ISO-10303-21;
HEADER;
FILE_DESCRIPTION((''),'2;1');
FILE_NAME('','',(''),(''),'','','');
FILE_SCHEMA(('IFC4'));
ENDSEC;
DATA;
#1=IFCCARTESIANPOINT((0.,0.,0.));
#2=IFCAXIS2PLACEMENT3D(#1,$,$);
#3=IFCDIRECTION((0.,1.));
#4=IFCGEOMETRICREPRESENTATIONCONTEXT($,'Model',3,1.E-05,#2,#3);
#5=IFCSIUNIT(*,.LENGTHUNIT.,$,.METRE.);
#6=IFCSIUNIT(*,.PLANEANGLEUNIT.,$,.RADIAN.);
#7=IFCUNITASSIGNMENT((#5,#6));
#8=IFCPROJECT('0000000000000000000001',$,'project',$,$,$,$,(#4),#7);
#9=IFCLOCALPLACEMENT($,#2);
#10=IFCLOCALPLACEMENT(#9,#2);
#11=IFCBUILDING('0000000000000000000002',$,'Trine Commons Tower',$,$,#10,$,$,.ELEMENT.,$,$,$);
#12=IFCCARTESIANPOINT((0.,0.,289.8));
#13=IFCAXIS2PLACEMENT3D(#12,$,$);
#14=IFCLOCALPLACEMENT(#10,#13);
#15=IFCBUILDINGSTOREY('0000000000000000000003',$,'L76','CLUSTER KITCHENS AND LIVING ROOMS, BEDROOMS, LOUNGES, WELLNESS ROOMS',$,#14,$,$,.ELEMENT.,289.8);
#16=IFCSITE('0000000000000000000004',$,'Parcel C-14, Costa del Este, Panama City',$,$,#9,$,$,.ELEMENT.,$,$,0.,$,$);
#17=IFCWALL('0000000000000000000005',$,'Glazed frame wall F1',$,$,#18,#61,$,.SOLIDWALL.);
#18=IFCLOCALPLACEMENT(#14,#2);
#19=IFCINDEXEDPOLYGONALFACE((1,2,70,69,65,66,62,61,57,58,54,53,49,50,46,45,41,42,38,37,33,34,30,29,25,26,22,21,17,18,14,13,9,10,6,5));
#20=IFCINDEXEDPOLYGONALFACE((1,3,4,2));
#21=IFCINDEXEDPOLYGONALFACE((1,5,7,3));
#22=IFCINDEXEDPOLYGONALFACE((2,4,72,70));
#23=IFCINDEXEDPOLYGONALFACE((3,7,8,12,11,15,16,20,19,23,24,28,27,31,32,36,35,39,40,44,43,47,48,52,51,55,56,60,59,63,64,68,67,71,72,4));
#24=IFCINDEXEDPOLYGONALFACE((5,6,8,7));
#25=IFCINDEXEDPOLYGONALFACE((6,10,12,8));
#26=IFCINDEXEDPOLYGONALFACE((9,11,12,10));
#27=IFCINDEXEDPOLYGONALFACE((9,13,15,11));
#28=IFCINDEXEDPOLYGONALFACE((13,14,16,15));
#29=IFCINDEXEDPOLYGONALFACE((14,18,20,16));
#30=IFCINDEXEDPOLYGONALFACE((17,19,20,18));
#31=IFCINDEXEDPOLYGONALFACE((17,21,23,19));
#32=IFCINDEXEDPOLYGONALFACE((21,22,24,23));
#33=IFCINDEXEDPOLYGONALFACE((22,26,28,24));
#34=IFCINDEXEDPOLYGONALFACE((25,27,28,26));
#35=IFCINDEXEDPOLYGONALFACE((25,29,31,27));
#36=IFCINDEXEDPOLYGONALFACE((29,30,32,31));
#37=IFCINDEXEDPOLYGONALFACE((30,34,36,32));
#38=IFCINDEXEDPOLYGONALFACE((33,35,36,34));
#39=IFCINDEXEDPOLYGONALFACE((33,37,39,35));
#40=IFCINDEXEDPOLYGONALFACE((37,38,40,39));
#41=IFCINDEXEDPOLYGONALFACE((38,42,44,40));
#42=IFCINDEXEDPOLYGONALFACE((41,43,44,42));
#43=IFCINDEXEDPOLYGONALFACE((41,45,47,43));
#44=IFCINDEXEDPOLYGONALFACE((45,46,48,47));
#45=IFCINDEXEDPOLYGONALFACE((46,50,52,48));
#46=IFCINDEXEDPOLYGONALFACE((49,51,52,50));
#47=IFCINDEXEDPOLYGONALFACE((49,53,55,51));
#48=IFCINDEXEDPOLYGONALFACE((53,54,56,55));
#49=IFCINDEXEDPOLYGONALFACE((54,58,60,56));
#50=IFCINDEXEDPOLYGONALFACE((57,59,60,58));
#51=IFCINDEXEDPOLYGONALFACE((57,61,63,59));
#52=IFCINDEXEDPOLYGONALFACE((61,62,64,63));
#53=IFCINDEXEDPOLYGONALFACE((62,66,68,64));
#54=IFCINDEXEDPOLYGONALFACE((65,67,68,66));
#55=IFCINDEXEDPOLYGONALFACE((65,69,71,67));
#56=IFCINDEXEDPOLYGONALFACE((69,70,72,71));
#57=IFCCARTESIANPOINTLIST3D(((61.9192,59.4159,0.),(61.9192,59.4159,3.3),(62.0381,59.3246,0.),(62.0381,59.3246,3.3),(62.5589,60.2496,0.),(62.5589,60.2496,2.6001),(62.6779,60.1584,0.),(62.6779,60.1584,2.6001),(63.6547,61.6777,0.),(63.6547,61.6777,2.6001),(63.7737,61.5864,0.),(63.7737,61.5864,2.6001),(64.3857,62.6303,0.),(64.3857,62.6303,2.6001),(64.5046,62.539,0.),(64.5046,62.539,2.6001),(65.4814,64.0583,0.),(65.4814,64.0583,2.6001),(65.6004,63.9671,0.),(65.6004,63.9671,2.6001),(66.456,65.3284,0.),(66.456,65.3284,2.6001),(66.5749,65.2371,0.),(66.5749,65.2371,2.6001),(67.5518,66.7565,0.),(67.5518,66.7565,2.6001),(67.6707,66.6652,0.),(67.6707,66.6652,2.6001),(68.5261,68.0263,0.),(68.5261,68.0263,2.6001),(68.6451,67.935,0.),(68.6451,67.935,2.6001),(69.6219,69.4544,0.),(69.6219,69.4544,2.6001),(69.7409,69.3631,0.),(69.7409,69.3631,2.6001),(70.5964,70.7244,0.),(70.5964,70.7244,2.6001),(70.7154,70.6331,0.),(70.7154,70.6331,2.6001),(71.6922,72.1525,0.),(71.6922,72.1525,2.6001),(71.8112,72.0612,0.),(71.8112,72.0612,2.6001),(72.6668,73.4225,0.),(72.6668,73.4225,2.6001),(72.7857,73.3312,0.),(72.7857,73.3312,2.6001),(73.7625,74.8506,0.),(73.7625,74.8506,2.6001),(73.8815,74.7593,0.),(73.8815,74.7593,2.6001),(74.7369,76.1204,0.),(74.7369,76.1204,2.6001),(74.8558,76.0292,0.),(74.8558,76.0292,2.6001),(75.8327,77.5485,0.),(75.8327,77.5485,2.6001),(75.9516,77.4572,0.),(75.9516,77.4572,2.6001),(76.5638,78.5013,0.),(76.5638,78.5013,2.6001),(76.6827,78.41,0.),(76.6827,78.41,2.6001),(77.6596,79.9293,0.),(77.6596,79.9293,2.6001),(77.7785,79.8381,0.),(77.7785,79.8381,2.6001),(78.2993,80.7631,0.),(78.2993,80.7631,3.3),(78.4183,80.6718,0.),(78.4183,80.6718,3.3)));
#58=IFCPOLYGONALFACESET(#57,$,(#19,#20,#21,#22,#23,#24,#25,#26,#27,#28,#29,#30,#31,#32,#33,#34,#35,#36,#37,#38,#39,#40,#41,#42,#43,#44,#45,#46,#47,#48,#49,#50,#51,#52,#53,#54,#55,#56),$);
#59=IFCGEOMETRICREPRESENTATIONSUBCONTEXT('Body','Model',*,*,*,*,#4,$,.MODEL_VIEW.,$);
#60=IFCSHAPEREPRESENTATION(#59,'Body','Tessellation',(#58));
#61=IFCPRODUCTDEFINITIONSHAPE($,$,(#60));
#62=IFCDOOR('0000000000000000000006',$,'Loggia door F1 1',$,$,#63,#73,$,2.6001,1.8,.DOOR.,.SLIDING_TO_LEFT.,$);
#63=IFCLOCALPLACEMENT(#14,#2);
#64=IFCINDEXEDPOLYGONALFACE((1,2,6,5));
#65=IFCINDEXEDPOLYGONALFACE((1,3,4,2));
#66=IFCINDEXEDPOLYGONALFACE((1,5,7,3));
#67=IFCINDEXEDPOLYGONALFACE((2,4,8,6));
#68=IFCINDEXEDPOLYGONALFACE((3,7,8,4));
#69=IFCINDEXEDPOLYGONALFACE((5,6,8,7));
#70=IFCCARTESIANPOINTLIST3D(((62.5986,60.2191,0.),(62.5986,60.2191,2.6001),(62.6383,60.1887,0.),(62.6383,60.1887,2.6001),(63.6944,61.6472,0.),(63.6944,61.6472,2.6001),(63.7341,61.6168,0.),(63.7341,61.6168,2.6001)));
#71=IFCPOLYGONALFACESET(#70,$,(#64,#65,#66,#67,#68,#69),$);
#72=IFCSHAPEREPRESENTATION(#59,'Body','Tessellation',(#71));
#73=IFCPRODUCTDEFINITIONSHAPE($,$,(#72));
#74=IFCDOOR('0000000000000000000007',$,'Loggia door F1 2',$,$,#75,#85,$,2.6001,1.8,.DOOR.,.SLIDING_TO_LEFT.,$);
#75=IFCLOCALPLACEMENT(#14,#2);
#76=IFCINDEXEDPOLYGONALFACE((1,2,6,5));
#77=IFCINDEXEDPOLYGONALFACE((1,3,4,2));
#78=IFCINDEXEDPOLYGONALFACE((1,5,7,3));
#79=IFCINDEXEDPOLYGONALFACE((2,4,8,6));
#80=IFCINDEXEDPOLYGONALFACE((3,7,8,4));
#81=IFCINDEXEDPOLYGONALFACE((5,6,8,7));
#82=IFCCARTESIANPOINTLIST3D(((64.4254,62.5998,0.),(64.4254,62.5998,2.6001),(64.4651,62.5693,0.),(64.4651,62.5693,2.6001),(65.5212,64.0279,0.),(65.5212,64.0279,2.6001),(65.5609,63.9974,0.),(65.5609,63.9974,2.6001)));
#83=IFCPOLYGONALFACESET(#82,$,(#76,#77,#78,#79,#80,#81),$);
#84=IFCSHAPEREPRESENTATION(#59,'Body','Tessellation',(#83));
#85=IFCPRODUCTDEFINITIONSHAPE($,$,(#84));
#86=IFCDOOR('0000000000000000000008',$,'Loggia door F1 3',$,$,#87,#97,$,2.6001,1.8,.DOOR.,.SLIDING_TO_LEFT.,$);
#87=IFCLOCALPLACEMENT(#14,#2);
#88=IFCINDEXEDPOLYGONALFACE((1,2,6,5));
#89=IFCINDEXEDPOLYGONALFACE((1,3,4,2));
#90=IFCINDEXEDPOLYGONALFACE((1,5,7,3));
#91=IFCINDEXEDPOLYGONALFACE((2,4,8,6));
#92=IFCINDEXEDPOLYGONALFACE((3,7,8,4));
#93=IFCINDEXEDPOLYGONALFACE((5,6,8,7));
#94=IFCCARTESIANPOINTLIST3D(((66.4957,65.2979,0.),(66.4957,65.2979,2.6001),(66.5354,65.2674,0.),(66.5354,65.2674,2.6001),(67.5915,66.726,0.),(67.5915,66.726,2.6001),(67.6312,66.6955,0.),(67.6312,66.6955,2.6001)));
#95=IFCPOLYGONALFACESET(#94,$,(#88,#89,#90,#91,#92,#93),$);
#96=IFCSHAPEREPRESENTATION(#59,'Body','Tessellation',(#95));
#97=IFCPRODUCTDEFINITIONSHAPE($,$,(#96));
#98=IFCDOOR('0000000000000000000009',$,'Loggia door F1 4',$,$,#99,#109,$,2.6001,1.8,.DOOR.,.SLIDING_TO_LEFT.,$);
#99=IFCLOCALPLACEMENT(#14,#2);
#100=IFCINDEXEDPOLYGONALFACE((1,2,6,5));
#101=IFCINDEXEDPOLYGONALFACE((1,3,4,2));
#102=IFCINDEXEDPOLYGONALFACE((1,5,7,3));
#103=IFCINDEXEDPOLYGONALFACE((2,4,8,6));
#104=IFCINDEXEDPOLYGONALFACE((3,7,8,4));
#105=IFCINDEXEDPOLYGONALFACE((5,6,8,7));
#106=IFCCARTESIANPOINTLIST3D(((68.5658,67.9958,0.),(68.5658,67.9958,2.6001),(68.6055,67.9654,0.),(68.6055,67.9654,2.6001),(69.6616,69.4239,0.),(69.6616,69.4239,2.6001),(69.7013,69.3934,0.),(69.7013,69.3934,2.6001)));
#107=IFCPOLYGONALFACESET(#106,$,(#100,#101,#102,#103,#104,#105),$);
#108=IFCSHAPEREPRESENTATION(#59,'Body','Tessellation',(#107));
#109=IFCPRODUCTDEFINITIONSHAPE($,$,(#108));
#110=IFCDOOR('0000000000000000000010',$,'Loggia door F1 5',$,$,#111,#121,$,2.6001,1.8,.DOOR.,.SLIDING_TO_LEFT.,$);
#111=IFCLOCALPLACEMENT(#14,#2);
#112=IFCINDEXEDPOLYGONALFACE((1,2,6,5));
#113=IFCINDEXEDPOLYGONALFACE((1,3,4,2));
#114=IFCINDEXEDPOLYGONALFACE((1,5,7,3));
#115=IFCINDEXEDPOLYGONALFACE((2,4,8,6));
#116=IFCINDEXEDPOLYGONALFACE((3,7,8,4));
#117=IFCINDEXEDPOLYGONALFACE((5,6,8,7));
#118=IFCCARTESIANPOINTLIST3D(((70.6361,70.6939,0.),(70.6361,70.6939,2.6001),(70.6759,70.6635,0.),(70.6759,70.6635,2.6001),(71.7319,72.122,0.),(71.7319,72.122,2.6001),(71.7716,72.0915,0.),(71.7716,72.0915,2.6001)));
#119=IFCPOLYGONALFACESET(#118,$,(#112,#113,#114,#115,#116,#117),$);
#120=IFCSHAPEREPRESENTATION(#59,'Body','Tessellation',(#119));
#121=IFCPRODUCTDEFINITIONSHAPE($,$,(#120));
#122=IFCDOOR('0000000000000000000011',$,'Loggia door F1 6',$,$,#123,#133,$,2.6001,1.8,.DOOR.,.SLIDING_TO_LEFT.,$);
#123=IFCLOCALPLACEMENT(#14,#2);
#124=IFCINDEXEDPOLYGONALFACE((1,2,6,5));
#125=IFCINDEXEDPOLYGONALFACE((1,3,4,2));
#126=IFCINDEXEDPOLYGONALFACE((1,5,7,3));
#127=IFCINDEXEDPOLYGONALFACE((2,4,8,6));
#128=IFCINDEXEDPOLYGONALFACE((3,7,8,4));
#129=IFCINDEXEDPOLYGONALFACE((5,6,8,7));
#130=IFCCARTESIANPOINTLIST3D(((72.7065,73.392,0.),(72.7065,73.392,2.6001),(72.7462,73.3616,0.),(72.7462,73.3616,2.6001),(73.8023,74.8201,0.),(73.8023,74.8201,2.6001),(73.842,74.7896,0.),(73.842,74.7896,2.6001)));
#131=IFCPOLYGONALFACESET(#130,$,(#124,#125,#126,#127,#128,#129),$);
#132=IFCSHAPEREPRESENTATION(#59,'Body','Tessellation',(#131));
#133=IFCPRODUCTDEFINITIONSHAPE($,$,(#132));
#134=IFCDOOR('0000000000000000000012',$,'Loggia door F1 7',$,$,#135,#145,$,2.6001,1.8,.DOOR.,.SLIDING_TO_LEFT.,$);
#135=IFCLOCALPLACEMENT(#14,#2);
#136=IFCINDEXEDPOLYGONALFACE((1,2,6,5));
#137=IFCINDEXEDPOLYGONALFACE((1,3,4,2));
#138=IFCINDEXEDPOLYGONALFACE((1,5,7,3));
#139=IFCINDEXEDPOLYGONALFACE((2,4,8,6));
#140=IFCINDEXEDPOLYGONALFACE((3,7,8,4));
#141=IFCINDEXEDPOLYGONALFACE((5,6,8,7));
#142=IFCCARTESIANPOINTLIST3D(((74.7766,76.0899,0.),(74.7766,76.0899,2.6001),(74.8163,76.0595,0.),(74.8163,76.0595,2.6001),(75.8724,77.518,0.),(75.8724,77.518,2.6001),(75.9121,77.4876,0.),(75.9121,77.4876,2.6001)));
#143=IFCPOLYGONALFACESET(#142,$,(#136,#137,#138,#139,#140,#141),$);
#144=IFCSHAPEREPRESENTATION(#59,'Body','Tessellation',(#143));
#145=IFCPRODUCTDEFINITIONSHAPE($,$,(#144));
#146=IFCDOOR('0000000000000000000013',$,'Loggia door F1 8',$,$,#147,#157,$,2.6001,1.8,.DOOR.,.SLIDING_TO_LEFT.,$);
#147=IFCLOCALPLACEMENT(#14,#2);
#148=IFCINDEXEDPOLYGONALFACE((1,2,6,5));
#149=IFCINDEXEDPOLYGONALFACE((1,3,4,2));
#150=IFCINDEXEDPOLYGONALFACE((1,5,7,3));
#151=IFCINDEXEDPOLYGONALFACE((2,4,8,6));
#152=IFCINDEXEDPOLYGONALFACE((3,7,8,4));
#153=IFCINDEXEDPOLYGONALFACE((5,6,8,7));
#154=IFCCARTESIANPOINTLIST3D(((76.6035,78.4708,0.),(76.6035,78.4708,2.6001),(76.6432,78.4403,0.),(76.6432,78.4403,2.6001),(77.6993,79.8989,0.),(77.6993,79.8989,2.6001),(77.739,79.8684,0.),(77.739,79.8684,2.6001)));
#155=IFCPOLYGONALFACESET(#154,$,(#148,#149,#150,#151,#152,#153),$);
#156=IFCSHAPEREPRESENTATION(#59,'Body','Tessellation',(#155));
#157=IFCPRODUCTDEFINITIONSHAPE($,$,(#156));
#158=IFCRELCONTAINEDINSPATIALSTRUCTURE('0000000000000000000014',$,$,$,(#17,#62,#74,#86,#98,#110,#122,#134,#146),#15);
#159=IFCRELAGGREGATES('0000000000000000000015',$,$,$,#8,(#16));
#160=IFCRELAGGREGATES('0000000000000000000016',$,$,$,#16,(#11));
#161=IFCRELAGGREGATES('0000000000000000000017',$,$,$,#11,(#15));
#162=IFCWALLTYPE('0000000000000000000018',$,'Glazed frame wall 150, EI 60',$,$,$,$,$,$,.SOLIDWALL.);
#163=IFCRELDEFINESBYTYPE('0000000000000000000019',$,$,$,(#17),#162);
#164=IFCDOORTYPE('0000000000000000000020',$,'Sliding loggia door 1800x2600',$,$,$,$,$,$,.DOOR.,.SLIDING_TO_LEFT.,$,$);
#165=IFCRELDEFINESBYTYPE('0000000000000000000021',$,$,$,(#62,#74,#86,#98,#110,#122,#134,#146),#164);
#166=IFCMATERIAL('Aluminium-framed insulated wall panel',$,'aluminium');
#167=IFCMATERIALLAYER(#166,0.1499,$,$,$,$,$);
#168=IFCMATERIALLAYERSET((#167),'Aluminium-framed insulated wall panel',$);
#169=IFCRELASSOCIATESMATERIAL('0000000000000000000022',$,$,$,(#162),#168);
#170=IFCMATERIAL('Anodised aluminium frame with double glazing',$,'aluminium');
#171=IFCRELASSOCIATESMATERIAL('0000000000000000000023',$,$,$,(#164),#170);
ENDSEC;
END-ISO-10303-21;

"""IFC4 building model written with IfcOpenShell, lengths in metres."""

from ifc_helpers import new_model, si_unit, direction, frame, frame_2d, origin, place, context, subcontext, project, spatial, polyline, rectangle, outline, extrude, material, layer, layer_set, type_object, element, fill, save


model = new_model("IFC4")

# Units and contexts
model_context = context("Model", 3, precision=1e-05, world=origin(), true_north=direction((0.0, 1.0)))
body_context = subcontext(model_context, "Body", "Model", "MODEL_VIEW")
ifc_project = project(units=[si_unit("LENGTHUNIT", "METRE"), si_unit("PLANEANGLEUNIT", "RADIAN")], contexts=[model_context])

# Site, building, storey
site_placement = place(None, origin())
site = spatial("IfcSite", under=ifc_project, at=site_placement, Name="Parcel C-14, Costa del Este, Panama City", CompositionType="ELEMENT", RefElevation=0.0)
building_placement = place(site_placement, origin())
building = spatial("IfcBuilding", under=site, at=building_placement, Name="Trine Commons Tower", CompositionType="ELEMENT")
storey_placement = place(building_placement, frame((0.0, 0.0, 289.8)))
storey = spatial("IfcBuildingStorey", under=building, at=storey_placement, Name="L76", Description="CLUSTER KITCHENS AND LIVING ROOMS, BEDROOMS, LOUNGES, WELLNESS ROOMS", CompositionType="ELEMENT", Elevation=289.8)

# Wall, openings, doors
ifc_material_1 = material(Name="Aluminium-framed insulated wall panel", Category="aluminium")
ifc_layer_1 = layer(ifc_material_1, 0.1499)
ifc_layer_set_1 = layer_set([ifc_layer_1], Name="Aluminium-framed insulated wall panel")
wall_type_1 = type_object("IfcWallType", Name="Glazed frame wall 150, EI 60", PredefinedType="SOLIDWALL", material=ifc_layer_set_1)
wall_1_placement = place(storey_placement, frame((61.8877, 59.2517, 0.0), z_axis=(0.0, 0.0, 1.0), x_axis=(0.608758, 0.793356, 0.0)))
wall_1 = element("IfcWall", 1, at=wall_1_placement, inside=storey, type_object=wall_type_1, Name="Glazed frame wall F1", PredefinedType="SOLIDWALL", context=body_context, shape_type="SweptSolid", body=[
    extrude(outline(polyline([(0.1494, 0.075), (0.1494, -0.075), (27.0569, -0.075), (27.0569, 0.075), (0.1494, 0.075)])), origin(), (0.0, 0.0, 1.0), 3.3),
])
opening_1_placement = place(wall_1_placement, frame((1.2004, 0.0, 0.0)))
opening_1 = element("IfcOpeningElement", 2, at=opening_1_placement, cuts=wall_1, PredefinedType="OPENING", context=body_context, shape_type="SweptSolid", body=[
    extrude(rectangle(XDim=1.8, YDim=2.6001, at=frame_2d((0.8999, 1.3))), frame((0.0, 0.085, 0.0), z_axis=(0.0, -1.0, 0.0), x_axis=(1.0, 0.0, 0.0)), (0.0, 0.0, 1.0), 0.1699),
])
opening_2_placement = place(wall_1_placement, frame((4.2012, 0.0, 0.0)))
opening_2 = element("IfcOpeningElement", 3, at=opening_2_placement, cuts=wall_1, PredefinedType="OPENING", context=body_context, shape_type="SweptSolid", body=[
    extrude(rectangle(XDim=1.8, YDim=2.6001, at=frame_2d((0.8999, 1.3))), frame((0.0, 0.085, 0.0), z_axis=(0.0, -1.0, 0.0), x_axis=(1.0, 0.0, 0.0)), (0.0, 0.0, 1.0), 0.1699),
])
opening_3_placement = place(wall_1_placement, frame((7.6021, 0.0, 0.0)))
opening_3 = element("IfcOpeningElement", 4, at=opening_3_placement, cuts=wall_1, PredefinedType="OPENING", context=body_context, shape_type="SweptSolid", body=[
    extrude(rectangle(XDim=1.8, YDim=2.6001, at=frame_2d((0.8999, 1.3))), frame((0.0, 0.085, 0.0), z_axis=(0.0, -1.0, 0.0), x_axis=(1.0, 0.0, 0.0)), (0.0, 0.0, 1.0), 0.1699),
])
opening_4_placement = place(wall_1_placement, frame((11.0027, 0.0, 0.0)))
opening_4 = element("IfcOpeningElement", 5, at=opening_4_placement, cuts=wall_1, PredefinedType="OPENING", context=body_context, shape_type="SweptSolid", body=[
    extrude(rectangle(XDim=1.8, YDim=2.6001, at=frame_2d((0.8999, 1.3))), frame((0.0, 0.085, 0.0), z_axis=(0.0, -1.0, 0.0), x_axis=(1.0, 0.0, 0.0)), (0.0, 0.0, 1.0), 0.1699),
])
opening_5_placement = place(wall_1_placement, frame((14.4036, 0.0, 0.0)))
opening_5 = element("IfcOpeningElement", 6, at=opening_5_placement, cuts=wall_1, PredefinedType="OPENING", context=body_context, shape_type="SweptSolid", body=[
    extrude(rectangle(XDim=1.8, YDim=2.6001, at=frame_2d((0.8999, 1.3))), frame((0.0, 0.085, 0.0), z_axis=(0.0, -1.0, 0.0), x_axis=(1.0, 0.0, 0.0)), (0.0, 0.0, 1.0), 0.1699),
])
opening_6_placement = place(wall_1_placement, frame((17.8044, 0.0, 0.0)))
opening_6 = element("IfcOpeningElement", 7, at=opening_6_placement, cuts=wall_1, PredefinedType="OPENING", context=body_context, shape_type="SweptSolid", body=[
    extrude(rectangle(XDim=1.8, YDim=2.6001, at=frame_2d((0.8999, 1.3))), frame((0.0, 0.085, 0.0), z_axis=(0.0, -1.0, 0.0), x_axis=(1.0, 0.0, 0.0)), (0.0, 0.0, 1.0), 0.1699),
])
opening_7_placement = place(wall_1_placement, frame((21.2051, 0.0, 0.0)))
opening_7 = element("IfcOpeningElement", 8, at=opening_7_placement, cuts=wall_1, PredefinedType="OPENING", context=body_context, shape_type="SweptSolid", body=[
    extrude(rectangle(XDim=1.8, YDim=2.6001, at=frame_2d((0.8999, 1.3))), frame((0.0, 0.085, 0.0), z_axis=(0.0, -1.0, 0.0), x_axis=(1.0, 0.0, 0.0)), (0.0, 0.0, 1.0), 0.1699),
])
opening_8_placement = place(wall_1_placement, frame((24.2061, 0.0, 0.0)))
opening_8 = element("IfcOpeningElement", 9, at=opening_8_placement, cuts=wall_1, PredefinedType="OPENING", context=body_context, shape_type="SweptSolid", body=[
    extrude(rectangle(XDim=1.8, YDim=2.6001, at=frame_2d((0.8999, 1.3))), frame((0.0, 0.085, 0.0), z_axis=(0.0, -1.0, 0.0), x_axis=(1.0, 0.0, 0.0)), (0.0, 0.0, 1.0), 0.1699),
])
ifc_material_2 = material(Name="Anodised aluminium frame with double glazing", Category="aluminium")
door_type_1 = type_object("IfcDoorType", Name="Sliding loggia door 1800x2600", OperationType="SLIDING_TO_LEFT", PredefinedType="DOOR", material=ifc_material_2)
door_1_placement = place(opening_1_placement, origin())
door_1 = element("IfcDoor", 10, at=door_1_placement, inside=storey, type_object=door_type_1, Name="Loggia door F1 1", OperationType="SLIDING_TO_LEFT", OverallHeight=2.6001, OverallWidth=1.8, PredefinedType="DOOR", context=body_context, shape_type="SweptSolid", body=[
    extrude(rectangle(XDim=1.8, YDim=2.6001, at=frame_2d((0.8999, 1.3))), frame((0.0, 0.0249, 0.0), z_axis=(0.0, -1.0, 0.0), x_axis=(1.0, 0.0, 0.0)), (0.0, 0.0, 1.0), 0.05),
])
fill(opening_1, door_1)
door_2_placement = place(opening_2_placement, origin())
door_2 = element("IfcDoor", 11, at=door_2_placement, inside=storey, type_object=door_type_1, Name="Loggia door F1 2", OperationType="SLIDING_TO_LEFT", OverallHeight=2.6001, OverallWidth=1.8, PredefinedType="DOOR", context=body_context, shape_type="SweptSolid", body=[
    extrude(rectangle(XDim=1.8, YDim=2.6001, at=frame_2d((0.8999, 1.3))), frame((0.0, 0.0249, 0.0), z_axis=(0.0, -1.0, 0.0), x_axis=(1.0, 0.0, 0.0)), (0.0, 0.0, 1.0), 0.05),
])
fill(opening_2, door_2)
door_3_placement = place(opening_3_placement, origin())
door_3 = element("IfcDoor", 12, at=door_3_placement, inside=storey, type_object=door_type_1, Name="Loggia door F1 3", OperationType="SLIDING_TO_LEFT", OverallHeight=2.6001, OverallWidth=1.8, PredefinedType="DOOR", context=body_context, shape_type="SweptSolid", body=[
    extrude(rectangle(XDim=1.8, YDim=2.6001, at=frame_2d((0.8999, 1.3))), frame((0.0, 0.0249, 0.0), z_axis=(0.0, -1.0, 0.0), x_axis=(1.0, 0.0, 0.0)), (0.0, 0.0, 1.0), 0.05),
])
fill(opening_3, door_3)
door_4_placement = place(opening_4_placement, origin())
door_4 = element("IfcDoor", 13, at=door_4_placement, inside=storey, type_object=door_type_1, Name="Loggia door F1 4", OperationType="SLIDING_TO_LEFT", OverallHeight=2.6001, OverallWidth=1.8, PredefinedType="DOOR", context=body_context, shape_type="SweptSolid", body=[
    extrude(rectangle(XDim=1.8, YDim=2.6001, at=frame_2d((0.8999, 1.3))), frame((0.0, 0.0249, 0.0), z_axis=(0.0, -1.0, 0.0), x_axis=(1.0, 0.0, 0.0)), (0.0, 0.0, 1.0), 0.05),
])
fill(opening_4, door_4)
door_5_placement = place(opening_5_placement, origin())
door_5 = element("IfcDoor", 14, at=door_5_placement, inside=storey, type_object=door_type_1, Name="Loggia door F1 5", OperationType="SLIDING_TO_LEFT", OverallHeight=2.6001, OverallWidth=1.8, PredefinedType="DOOR", context=body_context, shape_type="SweptSolid", body=[
    extrude(rectangle(XDim=1.8, YDim=2.6001, at=frame_2d((0.8999, 1.3))), frame((0.0, 0.0249, 0.0), z_axis=(0.0, -1.0, 0.0), x_axis=(1.0, 0.0, 0.0)), (0.0, 0.0, 1.0), 0.05),
])
fill(opening_5, door_5)
door_6_placement = place(opening_6_placement, origin())
door_6 = element("IfcDoor", 15, at=door_6_placement, inside=storey, type_object=door_type_1, Name="Loggia door F1 6", OperationType="SLIDING_TO_LEFT", OverallHeight=2.6001, OverallWidth=1.8, PredefinedType="DOOR", context=body_context, shape_type="SweptSolid", body=[
    extrude(rectangle(XDim=1.8, YDim=2.6001, at=frame_2d((0.8999, 1.3))), frame((0.0, 0.0249, 0.0), z_axis=(0.0, -1.0, 0.0), x_axis=(1.0, 0.0, 0.0)), (0.0, 0.0, 1.0), 0.05),
])
fill(opening_6, door_6)
door_7_placement = place(opening_7_placement, origin())
door_7 = element("IfcDoor", 16, at=door_7_placement, inside=storey, type_object=door_type_1, Name="Loggia door F1 7", OperationType="SLIDING_TO_LEFT", OverallHeight=2.6001, OverallWidth=1.8, PredefinedType="DOOR", context=body_context, shape_type="SweptSolid", body=[
    extrude(rectangle(XDim=1.8, YDim=2.6001, at=frame_2d((0.8999, 1.3))), frame((0.0, 0.0249, 0.0), z_axis=(0.0, -1.0, 0.0), x_axis=(1.0, 0.0, 0.0)), (0.0, 0.0, 1.0), 0.05),
])
fill(opening_7, door_7)
door_8_placement = place(opening_8_placement, origin())
door_8 = element("IfcDoor", 17, at=door_8_placement, inside=storey, type_object=door_type_1, Name="Loggia door F1 8", OperationType="SLIDING_TO_LEFT", OverallHeight=2.6001, OverallWidth=1.8, PredefinedType="DOOR", context=body_context, shape_type="SweptSolid", body=[
    extrude(rectangle(XDim=1.8, YDim=2.6001, at=frame_2d((0.8999, 1.3))), frame((0.0, 0.0249, 0.0), z_axis=(0.0, -1.0, 0.0), x_axis=(1.0, 0.0, 0.0)), (0.0, 0.0, 1.0), 0.05),
])
fill(opening_8, door_8)

save(model, "model.ifc")
